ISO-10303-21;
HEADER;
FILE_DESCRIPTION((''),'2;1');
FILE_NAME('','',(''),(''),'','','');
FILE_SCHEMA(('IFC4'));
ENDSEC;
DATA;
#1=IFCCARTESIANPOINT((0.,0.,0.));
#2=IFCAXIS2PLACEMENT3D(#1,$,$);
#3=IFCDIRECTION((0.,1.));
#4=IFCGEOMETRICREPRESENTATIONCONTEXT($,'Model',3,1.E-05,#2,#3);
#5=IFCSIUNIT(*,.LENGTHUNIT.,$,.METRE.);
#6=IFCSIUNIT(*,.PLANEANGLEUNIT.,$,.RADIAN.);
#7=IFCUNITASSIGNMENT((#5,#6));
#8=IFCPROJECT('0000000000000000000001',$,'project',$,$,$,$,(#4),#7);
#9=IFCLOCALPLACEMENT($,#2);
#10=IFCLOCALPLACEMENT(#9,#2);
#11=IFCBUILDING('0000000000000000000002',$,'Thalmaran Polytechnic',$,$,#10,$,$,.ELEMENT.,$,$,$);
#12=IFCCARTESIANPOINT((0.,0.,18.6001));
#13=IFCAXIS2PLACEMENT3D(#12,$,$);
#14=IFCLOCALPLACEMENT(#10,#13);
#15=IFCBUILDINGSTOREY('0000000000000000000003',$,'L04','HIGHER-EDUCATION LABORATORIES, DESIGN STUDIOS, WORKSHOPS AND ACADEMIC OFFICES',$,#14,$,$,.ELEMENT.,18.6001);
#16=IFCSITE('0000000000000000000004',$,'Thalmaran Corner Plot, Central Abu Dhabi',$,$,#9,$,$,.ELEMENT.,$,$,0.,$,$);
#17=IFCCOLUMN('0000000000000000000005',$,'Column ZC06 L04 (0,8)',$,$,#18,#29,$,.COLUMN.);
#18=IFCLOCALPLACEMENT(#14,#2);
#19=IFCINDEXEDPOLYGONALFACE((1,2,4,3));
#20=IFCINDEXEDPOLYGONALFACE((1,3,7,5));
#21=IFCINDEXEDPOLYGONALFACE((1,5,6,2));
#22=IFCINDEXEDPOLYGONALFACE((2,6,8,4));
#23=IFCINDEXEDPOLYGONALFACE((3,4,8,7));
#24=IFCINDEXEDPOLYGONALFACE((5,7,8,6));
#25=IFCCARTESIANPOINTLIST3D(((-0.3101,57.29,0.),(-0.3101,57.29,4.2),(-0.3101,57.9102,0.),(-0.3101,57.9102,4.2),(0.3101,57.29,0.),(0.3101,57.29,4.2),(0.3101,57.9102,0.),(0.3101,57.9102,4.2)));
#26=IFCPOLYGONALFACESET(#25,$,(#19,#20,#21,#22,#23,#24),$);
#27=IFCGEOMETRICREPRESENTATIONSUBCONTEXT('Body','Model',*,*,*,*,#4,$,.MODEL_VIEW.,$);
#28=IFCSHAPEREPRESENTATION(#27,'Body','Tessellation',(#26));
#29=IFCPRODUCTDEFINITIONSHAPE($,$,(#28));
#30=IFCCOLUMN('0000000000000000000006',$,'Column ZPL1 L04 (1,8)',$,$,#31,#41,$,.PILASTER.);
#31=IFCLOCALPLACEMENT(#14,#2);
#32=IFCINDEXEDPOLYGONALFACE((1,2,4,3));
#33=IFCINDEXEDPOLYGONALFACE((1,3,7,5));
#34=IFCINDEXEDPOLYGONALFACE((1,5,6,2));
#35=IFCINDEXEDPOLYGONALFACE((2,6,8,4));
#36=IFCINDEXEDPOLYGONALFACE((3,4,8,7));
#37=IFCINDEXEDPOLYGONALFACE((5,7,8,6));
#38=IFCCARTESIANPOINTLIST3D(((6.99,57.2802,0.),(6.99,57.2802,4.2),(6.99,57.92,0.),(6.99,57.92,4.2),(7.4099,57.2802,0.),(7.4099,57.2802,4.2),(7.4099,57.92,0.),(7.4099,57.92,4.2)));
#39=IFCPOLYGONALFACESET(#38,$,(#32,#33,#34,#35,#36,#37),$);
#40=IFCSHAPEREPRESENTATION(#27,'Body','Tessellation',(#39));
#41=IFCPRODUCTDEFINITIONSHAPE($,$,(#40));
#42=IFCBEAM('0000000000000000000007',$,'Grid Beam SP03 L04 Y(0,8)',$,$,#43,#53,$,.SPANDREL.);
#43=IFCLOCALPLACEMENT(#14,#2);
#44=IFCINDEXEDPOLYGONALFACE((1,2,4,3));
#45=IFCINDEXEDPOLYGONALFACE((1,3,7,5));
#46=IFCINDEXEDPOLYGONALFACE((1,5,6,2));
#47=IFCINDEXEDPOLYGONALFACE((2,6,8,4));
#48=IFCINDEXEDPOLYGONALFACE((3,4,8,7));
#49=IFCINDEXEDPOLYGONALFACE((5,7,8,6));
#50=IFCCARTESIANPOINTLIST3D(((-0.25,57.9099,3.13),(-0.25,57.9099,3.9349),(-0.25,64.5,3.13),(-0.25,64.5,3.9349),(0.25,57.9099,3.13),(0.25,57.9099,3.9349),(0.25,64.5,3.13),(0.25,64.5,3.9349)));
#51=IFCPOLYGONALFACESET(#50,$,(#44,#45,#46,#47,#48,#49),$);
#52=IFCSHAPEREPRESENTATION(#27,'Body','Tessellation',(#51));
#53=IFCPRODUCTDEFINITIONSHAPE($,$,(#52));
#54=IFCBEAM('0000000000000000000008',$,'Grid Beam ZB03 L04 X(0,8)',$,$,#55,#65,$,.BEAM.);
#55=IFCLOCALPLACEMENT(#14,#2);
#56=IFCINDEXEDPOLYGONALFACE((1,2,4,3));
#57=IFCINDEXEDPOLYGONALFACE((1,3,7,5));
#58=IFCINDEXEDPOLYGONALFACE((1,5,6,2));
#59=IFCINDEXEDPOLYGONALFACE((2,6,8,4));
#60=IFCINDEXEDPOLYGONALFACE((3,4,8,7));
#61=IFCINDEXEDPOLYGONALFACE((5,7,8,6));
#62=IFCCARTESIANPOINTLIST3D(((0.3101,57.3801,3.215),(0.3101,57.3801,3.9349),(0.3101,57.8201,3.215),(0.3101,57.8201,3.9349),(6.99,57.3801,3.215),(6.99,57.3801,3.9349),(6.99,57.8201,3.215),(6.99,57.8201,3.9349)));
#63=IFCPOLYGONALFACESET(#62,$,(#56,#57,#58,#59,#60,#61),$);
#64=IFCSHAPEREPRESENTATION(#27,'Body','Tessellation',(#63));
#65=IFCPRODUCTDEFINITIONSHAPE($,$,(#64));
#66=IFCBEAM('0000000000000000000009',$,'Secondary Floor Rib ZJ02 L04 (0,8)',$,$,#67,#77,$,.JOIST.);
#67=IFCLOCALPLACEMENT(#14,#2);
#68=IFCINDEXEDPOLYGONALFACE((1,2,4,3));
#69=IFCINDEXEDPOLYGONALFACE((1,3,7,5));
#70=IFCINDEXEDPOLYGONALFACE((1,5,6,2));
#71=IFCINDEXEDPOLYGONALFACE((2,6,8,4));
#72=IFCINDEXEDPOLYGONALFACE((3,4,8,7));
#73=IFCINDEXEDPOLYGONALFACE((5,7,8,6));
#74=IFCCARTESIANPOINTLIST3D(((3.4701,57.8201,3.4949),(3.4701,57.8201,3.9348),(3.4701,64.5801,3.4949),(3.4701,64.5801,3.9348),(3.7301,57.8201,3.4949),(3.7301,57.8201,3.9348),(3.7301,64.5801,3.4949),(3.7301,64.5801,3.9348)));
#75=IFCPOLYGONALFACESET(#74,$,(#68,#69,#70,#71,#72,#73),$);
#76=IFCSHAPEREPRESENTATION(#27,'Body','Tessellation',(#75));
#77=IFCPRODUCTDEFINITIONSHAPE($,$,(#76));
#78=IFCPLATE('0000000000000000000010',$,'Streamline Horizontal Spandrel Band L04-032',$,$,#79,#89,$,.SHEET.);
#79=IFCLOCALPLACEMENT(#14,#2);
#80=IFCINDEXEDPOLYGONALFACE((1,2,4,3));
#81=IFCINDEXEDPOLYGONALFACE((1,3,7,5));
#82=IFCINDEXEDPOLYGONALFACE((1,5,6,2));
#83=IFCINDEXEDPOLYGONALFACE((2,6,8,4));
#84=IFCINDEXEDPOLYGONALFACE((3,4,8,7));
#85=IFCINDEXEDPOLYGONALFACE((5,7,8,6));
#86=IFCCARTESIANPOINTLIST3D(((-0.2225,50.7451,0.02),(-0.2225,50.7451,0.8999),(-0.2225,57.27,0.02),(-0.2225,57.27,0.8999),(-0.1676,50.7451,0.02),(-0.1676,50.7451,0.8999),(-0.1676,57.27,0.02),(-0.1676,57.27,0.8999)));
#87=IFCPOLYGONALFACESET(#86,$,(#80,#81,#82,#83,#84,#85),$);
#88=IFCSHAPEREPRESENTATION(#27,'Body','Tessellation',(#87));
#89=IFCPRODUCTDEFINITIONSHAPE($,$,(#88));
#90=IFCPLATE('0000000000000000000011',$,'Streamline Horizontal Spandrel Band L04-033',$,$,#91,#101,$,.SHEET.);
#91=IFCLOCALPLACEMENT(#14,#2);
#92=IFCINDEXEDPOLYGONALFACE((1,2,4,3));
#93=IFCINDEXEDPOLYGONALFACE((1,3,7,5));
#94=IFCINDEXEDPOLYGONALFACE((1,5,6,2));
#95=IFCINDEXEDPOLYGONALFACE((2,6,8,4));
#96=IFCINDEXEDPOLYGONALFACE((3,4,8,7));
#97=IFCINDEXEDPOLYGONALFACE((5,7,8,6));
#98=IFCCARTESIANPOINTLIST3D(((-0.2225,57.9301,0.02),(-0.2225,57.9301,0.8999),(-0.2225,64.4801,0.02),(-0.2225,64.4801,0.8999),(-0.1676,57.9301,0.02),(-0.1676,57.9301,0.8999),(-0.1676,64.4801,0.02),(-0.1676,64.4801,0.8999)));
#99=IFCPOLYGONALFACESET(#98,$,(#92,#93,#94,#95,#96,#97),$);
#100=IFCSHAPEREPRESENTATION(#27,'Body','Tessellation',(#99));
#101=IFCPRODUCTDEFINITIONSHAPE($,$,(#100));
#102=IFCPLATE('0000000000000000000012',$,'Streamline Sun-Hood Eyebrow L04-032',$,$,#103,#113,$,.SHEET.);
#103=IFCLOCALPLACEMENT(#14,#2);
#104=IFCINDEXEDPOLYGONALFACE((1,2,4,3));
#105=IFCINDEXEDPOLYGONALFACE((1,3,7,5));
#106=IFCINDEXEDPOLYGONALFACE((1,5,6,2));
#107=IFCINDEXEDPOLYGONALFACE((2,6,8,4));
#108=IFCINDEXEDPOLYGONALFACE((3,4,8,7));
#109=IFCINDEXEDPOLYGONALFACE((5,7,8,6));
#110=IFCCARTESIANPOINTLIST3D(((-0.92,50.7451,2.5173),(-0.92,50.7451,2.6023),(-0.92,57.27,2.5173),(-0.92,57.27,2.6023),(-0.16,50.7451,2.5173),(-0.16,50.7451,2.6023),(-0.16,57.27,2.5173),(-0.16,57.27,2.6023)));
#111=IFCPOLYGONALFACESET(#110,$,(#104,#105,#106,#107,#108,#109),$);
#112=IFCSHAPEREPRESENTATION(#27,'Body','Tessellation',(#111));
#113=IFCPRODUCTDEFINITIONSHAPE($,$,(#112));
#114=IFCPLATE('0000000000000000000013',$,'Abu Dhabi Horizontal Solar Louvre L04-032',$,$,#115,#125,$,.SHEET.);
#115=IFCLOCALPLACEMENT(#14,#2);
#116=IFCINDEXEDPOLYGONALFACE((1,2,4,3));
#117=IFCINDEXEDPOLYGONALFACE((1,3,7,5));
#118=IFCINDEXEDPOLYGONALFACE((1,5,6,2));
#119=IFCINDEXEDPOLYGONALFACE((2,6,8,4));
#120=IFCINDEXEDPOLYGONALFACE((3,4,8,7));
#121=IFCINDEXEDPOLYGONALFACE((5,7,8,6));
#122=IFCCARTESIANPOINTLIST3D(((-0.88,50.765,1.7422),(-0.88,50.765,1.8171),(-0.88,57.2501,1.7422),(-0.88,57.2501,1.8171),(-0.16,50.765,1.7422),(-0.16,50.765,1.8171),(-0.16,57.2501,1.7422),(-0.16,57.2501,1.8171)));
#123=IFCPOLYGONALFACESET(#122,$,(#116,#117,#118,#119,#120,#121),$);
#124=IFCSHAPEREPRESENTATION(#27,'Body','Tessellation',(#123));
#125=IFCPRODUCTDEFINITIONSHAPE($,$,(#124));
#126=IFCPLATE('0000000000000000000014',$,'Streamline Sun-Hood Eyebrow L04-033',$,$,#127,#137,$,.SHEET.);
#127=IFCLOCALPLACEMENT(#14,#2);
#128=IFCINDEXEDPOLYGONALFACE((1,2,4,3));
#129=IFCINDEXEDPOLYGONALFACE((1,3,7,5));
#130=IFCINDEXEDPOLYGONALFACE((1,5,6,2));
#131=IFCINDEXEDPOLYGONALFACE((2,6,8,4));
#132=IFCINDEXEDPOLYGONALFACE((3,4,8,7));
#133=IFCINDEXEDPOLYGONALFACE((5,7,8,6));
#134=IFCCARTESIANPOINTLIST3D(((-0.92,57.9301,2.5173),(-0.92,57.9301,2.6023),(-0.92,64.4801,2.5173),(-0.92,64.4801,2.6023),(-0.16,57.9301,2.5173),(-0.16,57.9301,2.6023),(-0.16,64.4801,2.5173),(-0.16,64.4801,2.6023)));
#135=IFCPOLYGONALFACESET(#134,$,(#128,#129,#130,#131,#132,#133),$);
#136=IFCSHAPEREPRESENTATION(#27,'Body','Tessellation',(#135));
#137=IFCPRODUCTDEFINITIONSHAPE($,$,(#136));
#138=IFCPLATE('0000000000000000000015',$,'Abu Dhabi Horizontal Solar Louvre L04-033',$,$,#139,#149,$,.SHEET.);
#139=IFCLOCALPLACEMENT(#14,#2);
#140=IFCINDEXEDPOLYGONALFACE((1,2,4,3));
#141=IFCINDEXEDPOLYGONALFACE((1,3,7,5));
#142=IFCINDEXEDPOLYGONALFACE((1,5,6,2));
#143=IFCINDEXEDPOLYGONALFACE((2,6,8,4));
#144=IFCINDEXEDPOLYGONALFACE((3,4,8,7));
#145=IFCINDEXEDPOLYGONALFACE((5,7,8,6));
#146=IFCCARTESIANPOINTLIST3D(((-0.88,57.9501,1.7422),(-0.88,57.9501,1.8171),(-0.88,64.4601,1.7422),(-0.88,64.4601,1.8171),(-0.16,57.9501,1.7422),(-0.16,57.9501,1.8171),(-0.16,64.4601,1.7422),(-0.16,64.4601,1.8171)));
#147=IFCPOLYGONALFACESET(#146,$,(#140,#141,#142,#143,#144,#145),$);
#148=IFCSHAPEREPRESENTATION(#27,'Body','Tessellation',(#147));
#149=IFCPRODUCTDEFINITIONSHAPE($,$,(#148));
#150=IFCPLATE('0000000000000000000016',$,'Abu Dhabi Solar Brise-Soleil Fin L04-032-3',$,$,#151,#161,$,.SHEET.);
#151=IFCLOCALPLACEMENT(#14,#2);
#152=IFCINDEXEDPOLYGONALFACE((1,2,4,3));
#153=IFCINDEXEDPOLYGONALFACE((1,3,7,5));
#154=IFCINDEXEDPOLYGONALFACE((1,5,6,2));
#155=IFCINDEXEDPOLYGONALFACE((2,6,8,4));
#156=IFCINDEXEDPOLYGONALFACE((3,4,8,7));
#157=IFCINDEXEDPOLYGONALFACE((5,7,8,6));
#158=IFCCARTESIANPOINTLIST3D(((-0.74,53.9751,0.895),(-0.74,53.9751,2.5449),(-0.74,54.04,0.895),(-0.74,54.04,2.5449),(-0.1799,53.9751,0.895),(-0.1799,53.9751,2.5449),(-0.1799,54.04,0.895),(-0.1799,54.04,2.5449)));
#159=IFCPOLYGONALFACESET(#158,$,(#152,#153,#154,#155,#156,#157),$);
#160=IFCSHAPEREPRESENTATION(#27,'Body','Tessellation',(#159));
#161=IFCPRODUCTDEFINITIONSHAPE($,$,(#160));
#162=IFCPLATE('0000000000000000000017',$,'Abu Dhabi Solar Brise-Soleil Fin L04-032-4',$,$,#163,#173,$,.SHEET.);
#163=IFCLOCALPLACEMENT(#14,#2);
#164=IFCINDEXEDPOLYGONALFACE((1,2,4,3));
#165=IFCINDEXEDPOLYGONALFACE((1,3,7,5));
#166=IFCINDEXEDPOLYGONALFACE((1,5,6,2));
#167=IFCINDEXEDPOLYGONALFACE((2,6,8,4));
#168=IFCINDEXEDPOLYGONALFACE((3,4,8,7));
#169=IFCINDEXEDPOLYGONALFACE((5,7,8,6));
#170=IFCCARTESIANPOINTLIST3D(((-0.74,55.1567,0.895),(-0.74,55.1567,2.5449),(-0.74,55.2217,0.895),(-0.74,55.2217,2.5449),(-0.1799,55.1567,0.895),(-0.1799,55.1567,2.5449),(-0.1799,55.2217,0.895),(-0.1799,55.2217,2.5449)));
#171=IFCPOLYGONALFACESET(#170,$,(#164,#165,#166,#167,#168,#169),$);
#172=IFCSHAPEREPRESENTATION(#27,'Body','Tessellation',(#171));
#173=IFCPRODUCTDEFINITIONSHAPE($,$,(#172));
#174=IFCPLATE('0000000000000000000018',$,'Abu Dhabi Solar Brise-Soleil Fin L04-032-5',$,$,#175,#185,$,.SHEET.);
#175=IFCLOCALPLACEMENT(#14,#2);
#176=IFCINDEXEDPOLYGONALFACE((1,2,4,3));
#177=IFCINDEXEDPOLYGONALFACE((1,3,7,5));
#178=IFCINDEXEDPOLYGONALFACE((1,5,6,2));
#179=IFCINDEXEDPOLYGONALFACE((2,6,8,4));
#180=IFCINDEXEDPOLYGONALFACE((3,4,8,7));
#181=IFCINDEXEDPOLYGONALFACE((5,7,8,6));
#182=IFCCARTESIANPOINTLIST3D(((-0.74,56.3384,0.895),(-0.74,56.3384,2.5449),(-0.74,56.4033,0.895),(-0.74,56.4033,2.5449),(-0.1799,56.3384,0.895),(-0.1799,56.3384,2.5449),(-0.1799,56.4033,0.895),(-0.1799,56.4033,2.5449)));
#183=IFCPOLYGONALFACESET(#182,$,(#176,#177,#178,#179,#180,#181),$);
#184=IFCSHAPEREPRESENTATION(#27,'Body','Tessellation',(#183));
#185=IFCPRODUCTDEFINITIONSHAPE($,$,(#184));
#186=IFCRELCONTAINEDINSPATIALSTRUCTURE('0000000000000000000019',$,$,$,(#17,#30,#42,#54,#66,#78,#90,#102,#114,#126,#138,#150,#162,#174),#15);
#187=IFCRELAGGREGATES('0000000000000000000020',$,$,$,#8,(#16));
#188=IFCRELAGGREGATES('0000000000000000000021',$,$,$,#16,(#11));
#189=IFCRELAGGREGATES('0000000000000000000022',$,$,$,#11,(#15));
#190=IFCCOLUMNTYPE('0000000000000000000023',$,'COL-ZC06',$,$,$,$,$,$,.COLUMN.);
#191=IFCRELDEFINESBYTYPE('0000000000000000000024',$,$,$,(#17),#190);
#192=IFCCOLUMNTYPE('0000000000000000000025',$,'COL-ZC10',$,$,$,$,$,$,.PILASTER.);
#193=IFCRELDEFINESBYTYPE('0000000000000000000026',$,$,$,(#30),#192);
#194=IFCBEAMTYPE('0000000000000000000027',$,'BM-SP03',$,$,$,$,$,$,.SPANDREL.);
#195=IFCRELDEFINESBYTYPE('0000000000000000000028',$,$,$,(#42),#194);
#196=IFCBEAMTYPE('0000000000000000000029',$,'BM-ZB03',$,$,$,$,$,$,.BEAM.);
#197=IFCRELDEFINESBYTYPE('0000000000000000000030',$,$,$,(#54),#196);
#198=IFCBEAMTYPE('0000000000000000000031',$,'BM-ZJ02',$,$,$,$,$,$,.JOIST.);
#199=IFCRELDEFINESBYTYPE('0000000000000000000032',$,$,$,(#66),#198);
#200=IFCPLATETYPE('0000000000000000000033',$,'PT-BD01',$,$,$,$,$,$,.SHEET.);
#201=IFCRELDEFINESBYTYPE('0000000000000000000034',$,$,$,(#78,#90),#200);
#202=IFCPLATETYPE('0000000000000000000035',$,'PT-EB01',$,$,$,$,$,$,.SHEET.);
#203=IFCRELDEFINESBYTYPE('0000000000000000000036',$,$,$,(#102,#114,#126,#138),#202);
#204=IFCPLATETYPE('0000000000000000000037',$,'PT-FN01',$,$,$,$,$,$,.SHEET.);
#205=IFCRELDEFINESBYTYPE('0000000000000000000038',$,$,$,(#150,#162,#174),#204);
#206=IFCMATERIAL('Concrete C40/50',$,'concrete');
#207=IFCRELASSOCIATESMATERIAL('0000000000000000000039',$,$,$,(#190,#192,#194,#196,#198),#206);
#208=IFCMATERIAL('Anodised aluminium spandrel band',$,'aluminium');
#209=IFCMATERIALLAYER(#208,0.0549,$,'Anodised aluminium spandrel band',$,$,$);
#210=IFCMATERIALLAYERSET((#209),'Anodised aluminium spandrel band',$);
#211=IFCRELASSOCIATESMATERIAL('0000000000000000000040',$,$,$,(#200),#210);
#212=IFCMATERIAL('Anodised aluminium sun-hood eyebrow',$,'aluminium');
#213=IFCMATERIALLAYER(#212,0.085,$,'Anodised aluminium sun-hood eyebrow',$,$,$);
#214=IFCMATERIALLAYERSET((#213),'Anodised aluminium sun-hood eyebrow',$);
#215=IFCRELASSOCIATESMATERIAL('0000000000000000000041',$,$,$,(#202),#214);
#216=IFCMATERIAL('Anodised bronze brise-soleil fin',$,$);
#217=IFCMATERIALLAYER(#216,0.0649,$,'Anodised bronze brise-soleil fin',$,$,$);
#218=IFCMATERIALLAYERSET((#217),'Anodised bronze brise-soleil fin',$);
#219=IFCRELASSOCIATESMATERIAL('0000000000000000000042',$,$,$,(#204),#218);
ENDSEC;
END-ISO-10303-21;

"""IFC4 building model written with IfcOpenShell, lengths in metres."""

from ifc_helpers import new_model, si_unit, direction, frame, origin, origin_2d, place, context, subcontext, project, spatial, rectangle, extrude, material, layer, layer_set, material_profile, profile_set, type_object, element, save


model = new_model("IFC4")

# Units and contexts
model_context = context("Model", 3, precision=1e-05, world=origin(), true_north=direction((0.0, 1.0)))
body_context = subcontext(model_context, "Body", "Model", "MODEL_VIEW")
ifc_project = project(units=[si_unit("LENGTHUNIT", "METRE"), si_unit("PLANEANGLEUNIT", "RADIAN")], contexts=[model_context])

# Site, building, storey
site_placement = place(None, origin())
site = spatial("IfcSite", under=ifc_project, at=site_placement, Name="Thalmaran Corner Plot, Central Abu Dhabi", CompositionType="ELEMENT", RefElevation=0.0)
building_placement = place(site_placement, origin())
building = spatial("IfcBuilding", under=site, at=building_placement, Name="Thalmaran Polytechnic", CompositionType="ELEMENT")
storey_placement = place(building_placement, frame((0.0, 0.0, 18.6001)))
storey = spatial("IfcBuildingStorey", under=building, at=storey_placement, Name="L04", Description="HIGHER-EDUCATION LABORATORIES, DESIGN STUDIOS, WORKSHOPS AND ACADEMIC OFFICES", CompositionType="ELEMENT", Elevation=18.6001)

# Columns
ifc_material_1 = material(Name="Concrete C40/50", Category="concrete")
ifc_material_profile_1 = material_profile(ifc_material_1, rectangle(XDim=0.6201, YDim=0.6201, at=origin_2d()), Name="RC 620x620")
ifc_profile_set_1 = profile_set([ifc_material_profile_1], Name="Concrete C40/50")
column_type_1 = type_object("IfcColumnType", Name="COL-ZC06", PredefinedType="COLUMN", material=ifc_profile_set_1)
column_1_placement = place(storey_placement, frame((0.0, 57.6001, 0.0), z_axis=(0.0, 0.0, 1.0), x_axis=(1.0, 0.0, 0.0)))
element("IfcColumn", 1, at=column_1_placement, inside=storey, type_object=column_type_1, Name="Column ZC06 L04 (0,8)", PredefinedType="COLUMN", context=body_context, shape_type="SweptSolid", body=[
    extrude(rectangle(XDim=0.6201, YDim=0.6201, at=origin_2d()), origin(), (0.0, 0.0, 1.0), 4.2),
])
ifc_material_profile_2 = material_profile(ifc_material_1, rectangle(XDim=0.4199, YDim=0.6399, at=origin_2d()), Name="RC 420x640")
ifc_profile_set_2 = profile_set([ifc_material_profile_2], Name="Concrete C40/50")
column_type_2 = type_object("IfcColumnType", Name="COL-ZC10", PredefinedType="PILASTER", material=ifc_profile_set_2)
column_2_placement = place(storey_placement, frame((7.2, 57.6001, 0.0), z_axis=(0.0, 0.0, 1.0), x_axis=(1.0, 0.0, 0.0)))
element("IfcColumn", 2, at=column_2_placement, inside=storey, type_object=column_type_2, Name="Column ZPL1 L04 (1,8)", PredefinedType="PILASTER", context=body_context, shape_type="SweptSolid", body=[
    extrude(rectangle(XDim=0.4199, YDim=0.6399, at=origin_2d()), origin(), (0.0, 0.0, 1.0), 4.2),
])

# Beams
ifc_material_profile_3 = material_profile(ifc_material_1, rectangle(XDim=0.5, YDim=0.8049, at=origin_2d()), Name="RC 500x805")
ifc_profile_set_3 = profile_set([ifc_material_profile_3], Name="Concrete C40/50")
beam_type_1 = type_object("IfcBeamType", Name="BM-SP03", PredefinedType="SPANDREL", material=ifc_profile_set_3)
beam_1_placement = place(storey_placement, frame((0.0, 57.9099, 3.5325), z_axis=(0.0, 1.0, 0.0), x_axis=(-1.0, 0.0, 0.0)))
element("IfcBeam", 3, at=beam_1_placement, inside=storey, type_object=beam_type_1, Name="Grid Beam SP03 L04 Y(0,8)", PredefinedType="SPANDREL", context=body_context, shape_type="SweptSolid", body=[
    extrude(rectangle(XDim=0.5, YDim=0.8049, at=origin_2d()), origin(), (0.0, 0.0, 1.0), 6.5901),
])
ifc_material_profile_4 = material_profile(ifc_material_1, rectangle(XDim=0.4399, YDim=0.72, at=origin_2d()), Name="RC 440x720")
ifc_profile_set_4 = profile_set([ifc_material_profile_4], Name="Concrete C40/50")
beam_type_2 = type_object("IfcBeamType", Name="BM-ZB03", PredefinedType="BEAM", material=ifc_profile_set_4)
beam_2_placement = place(storey_placement, frame((0.3101, 57.6001, 3.575), z_axis=(1.0, 0.0, 0.0), x_axis=(0.0, 1.0, 0.0)))
element("IfcBeam", 4, at=beam_2_placement, inside=storey, type_object=beam_type_2, Name="Grid Beam ZB03 L04 X(0,8)", PredefinedType="BEAM", context=body_context, shape_type="SweptSolid", body=[
    extrude(rectangle(XDim=0.4399, YDim=0.72, at=origin_2d()), origin(), (0.0, 0.0, 1.0), 6.6799),
])
ifc_material_profile_5 = material_profile(ifc_material_1, rectangle(XDim=0.26, YDim=0.4399, at=origin_2d()), Name="RC 260x440")
ifc_profile_set_5 = profile_set([ifc_material_profile_5], Name="Concrete C40/50")
beam_type_3 = type_object("IfcBeamType", Name="BM-ZJ02", PredefinedType="JOIST", material=ifc_profile_set_5)
beam_3_placement = place(storey_placement, frame((3.6001, 57.8201, 3.7148), z_axis=(0.0, 1.0, 0.0), x_axis=(-1.0, 0.0, 0.0)))
element("IfcBeam", 5, at=beam_3_placement, inside=storey, type_object=beam_type_3, Name="Secondary Floor Rib ZJ02 L04 (0,8)", PredefinedType="JOIST", context=body_context, shape_type="SweptSolid", body=[
    extrude(rectangle(XDim=0.26, YDim=0.4399, at=origin_2d()), origin(), (0.0, 0.0, 1.0), 6.76),
])

# Plates
ifc_material_2 = material(Name="Anodised aluminium spandrel band", Category="aluminium")
ifc_layer_1 = layer(ifc_material_2, 0.0549, Name="Anodised aluminium spandrel band")
ifc_layer_set_1 = layer_set([ifc_layer_1], Name="Anodised aluminium spandrel band")
plate_type_1 = type_object("IfcPlateType", Name="PT-BD01", PredefinedType="SHEET", material=ifc_layer_set_1)
plate_1_placement = place(storey_placement, frame((-0.1951, 54.0076, 0.02), z_axis=(0.0, 0.0, 1.0), x_axis=(0.0, 1.0, 0.0)))
element("IfcPlate", 6, at=plate_1_placement, inside=storey, type_object=plate_type_1, Name="Streamline Horizontal Spandrel Band L04-032", PredefinedType="SHEET", context=body_context, shape_type="SweptSolid", body=[
    extrude(rectangle(XDim=6.5249, YDim=0.0549, at=origin_2d()), origin(), (0.0, 0.0, 1.0), 0.8799),
])
plate_2_placement = place(storey_placement, frame((-0.1951, 61.2051, 0.02), z_axis=(0.0, 0.0, 1.0), x_axis=(0.0, 1.0, 0.0)))
element("IfcPlate", 7, at=plate_2_placement, inside=storey, type_object=plate_type_1, Name="Streamline Horizontal Spandrel Band L04-033", PredefinedType="SHEET", context=body_context, shape_type="SweptSolid", body=[
    extrude(rectangle(XDim=6.55, YDim=0.0549, at=origin_2d()), origin(), (0.0, 0.0, 1.0), 0.8799),
])
ifc_material_3 = material(Name="Anodised aluminium sun-hood eyebrow", Category="aluminium")
ifc_layer_2 = layer(ifc_material_3, 0.085, Name="Anodised aluminium sun-hood eyebrow")
ifc_layer_set_2 = layer_set([ifc_layer_2], Name="Anodised aluminium sun-hood eyebrow")
plate_type_2 = type_object("IfcPlateType", Name="PT-EB01", PredefinedType="SHEET", material=ifc_layer_set_2)
plate_3_placement = place(storey_placement, frame((-0.54, 54.0076, 2.5173), z_axis=(0.0, 0.0, 1.0), x_axis=(0.0, 1.0, 0.0)))
element("IfcPlate", 8, at=plate_3_placement, inside=storey, type_object=plate_type_2, Name="Streamline Sun-Hood Eyebrow L04-032", PredefinedType="SHEET", context=body_context, shape_type="SweptSolid", body=[
    extrude(rectangle(XDim=6.5249, YDim=0.76, at=origin_2d()), origin(), (0.0, 0.0, 1.0), 0.085),
])
plate_4_placement = place(storey_placement, frame((-0.52, 54.0076, 1.7422), z_axis=(0.0, 0.0, 1.0), x_axis=(0.0, 1.0, 0.0)))
element("IfcPlate", 9, at=plate_4_placement, inside=storey, type_object=plate_type_2, Name="Abu Dhabi Horizontal Solar Louvre L04-032", PredefinedType="SHEET", context=body_context, shape_type="SweptSolid", body=[
    extrude(rectangle(XDim=6.4851, YDim=0.72, at=origin_2d()), origin(), (0.0, 0.0, 1.0), 0.075),
])
plate_5_placement = place(storey_placement, frame((-0.54, 61.2051, 2.5173), z_axis=(0.0, 0.0, 1.0), x_axis=(0.0, 1.0, 0.0)))
element("IfcPlate", 10, at=plate_5_placement, inside=storey, type_object=plate_type_2, Name="Streamline Sun-Hood Eyebrow L04-033", PredefinedType="SHEET", context=body_context, shape_type="SweptSolid", body=[
    extrude(rectangle(XDim=6.55, YDim=0.76, at=origin_2d()), origin(), (0.0, 0.0, 1.0), 0.085),
])
plate_6_placement = place(storey_placement, frame((-0.52, 61.2051, 1.7422), z_axis=(0.0, 0.0, 1.0), x_axis=(0.0, 1.0, 0.0)))
element("IfcPlate", 11, at=plate_6_placement, inside=storey, type_object=plate_type_2, Name="Abu Dhabi Horizontal Solar Louvre L04-033", PredefinedType="SHEET", context=body_context, shape_type="SweptSolid", body=[
    extrude(rectangle(XDim=6.51, YDim=0.72, at=origin_2d()), origin(), (0.0, 0.0, 1.0), 0.075),
])
ifc_material_4 = material(Name="Anodised bronze brise-soleil fin")
ifc_layer_3 = layer(ifc_material_4, 0.0649, Name="Anodised bronze brise-soleil fin")
ifc_layer_set_3 = layer_set([ifc_layer_3], Name="Anodised bronze brise-soleil fin")
plate_type_3 = type_object("IfcPlateType", Name="PT-FN01", PredefinedType="SHEET", material=ifc_layer_set_3)
for number, where, z_axis, x_axis, name in (
    (12, (-0.46, 54.0076, 0.895), (0.0, 0.0, 1.0), (0.0, 1.0, 0.0), "Abu Dhabi Solar Brise-Soleil Fin L04-032-3"),
    (13, (-0.46, 55.1892, 0.895), (0.0, 0.0, 1.0), (0.0, 1.0, 0.0), "Abu Dhabi Solar Brise-Soleil Fin L04-032-4"),
    (14, (-0.46, 56.3708, 0.895), (0.0, 0.0, 1.0), (0.0, 1.0, 0.0), "Abu Dhabi Solar Brise-Soleil Fin L04-032-5"),
):
    element("IfcPlate", number, at=place(storey_placement, frame(where, z_axis=z_axis, x_axis=x_axis)), inside=storey, type_object=plate_type_3, Name=name, PredefinedType="SHEET", context=body_context, shape_type="SweptSolid", body=[
        extrude(rectangle(XDim=0.0649, YDim=0.5601, at=origin_2d()), origin(), (0.0, 0.0, 1.0), 1.6499),
    ])

save(model, "model.ifc")
